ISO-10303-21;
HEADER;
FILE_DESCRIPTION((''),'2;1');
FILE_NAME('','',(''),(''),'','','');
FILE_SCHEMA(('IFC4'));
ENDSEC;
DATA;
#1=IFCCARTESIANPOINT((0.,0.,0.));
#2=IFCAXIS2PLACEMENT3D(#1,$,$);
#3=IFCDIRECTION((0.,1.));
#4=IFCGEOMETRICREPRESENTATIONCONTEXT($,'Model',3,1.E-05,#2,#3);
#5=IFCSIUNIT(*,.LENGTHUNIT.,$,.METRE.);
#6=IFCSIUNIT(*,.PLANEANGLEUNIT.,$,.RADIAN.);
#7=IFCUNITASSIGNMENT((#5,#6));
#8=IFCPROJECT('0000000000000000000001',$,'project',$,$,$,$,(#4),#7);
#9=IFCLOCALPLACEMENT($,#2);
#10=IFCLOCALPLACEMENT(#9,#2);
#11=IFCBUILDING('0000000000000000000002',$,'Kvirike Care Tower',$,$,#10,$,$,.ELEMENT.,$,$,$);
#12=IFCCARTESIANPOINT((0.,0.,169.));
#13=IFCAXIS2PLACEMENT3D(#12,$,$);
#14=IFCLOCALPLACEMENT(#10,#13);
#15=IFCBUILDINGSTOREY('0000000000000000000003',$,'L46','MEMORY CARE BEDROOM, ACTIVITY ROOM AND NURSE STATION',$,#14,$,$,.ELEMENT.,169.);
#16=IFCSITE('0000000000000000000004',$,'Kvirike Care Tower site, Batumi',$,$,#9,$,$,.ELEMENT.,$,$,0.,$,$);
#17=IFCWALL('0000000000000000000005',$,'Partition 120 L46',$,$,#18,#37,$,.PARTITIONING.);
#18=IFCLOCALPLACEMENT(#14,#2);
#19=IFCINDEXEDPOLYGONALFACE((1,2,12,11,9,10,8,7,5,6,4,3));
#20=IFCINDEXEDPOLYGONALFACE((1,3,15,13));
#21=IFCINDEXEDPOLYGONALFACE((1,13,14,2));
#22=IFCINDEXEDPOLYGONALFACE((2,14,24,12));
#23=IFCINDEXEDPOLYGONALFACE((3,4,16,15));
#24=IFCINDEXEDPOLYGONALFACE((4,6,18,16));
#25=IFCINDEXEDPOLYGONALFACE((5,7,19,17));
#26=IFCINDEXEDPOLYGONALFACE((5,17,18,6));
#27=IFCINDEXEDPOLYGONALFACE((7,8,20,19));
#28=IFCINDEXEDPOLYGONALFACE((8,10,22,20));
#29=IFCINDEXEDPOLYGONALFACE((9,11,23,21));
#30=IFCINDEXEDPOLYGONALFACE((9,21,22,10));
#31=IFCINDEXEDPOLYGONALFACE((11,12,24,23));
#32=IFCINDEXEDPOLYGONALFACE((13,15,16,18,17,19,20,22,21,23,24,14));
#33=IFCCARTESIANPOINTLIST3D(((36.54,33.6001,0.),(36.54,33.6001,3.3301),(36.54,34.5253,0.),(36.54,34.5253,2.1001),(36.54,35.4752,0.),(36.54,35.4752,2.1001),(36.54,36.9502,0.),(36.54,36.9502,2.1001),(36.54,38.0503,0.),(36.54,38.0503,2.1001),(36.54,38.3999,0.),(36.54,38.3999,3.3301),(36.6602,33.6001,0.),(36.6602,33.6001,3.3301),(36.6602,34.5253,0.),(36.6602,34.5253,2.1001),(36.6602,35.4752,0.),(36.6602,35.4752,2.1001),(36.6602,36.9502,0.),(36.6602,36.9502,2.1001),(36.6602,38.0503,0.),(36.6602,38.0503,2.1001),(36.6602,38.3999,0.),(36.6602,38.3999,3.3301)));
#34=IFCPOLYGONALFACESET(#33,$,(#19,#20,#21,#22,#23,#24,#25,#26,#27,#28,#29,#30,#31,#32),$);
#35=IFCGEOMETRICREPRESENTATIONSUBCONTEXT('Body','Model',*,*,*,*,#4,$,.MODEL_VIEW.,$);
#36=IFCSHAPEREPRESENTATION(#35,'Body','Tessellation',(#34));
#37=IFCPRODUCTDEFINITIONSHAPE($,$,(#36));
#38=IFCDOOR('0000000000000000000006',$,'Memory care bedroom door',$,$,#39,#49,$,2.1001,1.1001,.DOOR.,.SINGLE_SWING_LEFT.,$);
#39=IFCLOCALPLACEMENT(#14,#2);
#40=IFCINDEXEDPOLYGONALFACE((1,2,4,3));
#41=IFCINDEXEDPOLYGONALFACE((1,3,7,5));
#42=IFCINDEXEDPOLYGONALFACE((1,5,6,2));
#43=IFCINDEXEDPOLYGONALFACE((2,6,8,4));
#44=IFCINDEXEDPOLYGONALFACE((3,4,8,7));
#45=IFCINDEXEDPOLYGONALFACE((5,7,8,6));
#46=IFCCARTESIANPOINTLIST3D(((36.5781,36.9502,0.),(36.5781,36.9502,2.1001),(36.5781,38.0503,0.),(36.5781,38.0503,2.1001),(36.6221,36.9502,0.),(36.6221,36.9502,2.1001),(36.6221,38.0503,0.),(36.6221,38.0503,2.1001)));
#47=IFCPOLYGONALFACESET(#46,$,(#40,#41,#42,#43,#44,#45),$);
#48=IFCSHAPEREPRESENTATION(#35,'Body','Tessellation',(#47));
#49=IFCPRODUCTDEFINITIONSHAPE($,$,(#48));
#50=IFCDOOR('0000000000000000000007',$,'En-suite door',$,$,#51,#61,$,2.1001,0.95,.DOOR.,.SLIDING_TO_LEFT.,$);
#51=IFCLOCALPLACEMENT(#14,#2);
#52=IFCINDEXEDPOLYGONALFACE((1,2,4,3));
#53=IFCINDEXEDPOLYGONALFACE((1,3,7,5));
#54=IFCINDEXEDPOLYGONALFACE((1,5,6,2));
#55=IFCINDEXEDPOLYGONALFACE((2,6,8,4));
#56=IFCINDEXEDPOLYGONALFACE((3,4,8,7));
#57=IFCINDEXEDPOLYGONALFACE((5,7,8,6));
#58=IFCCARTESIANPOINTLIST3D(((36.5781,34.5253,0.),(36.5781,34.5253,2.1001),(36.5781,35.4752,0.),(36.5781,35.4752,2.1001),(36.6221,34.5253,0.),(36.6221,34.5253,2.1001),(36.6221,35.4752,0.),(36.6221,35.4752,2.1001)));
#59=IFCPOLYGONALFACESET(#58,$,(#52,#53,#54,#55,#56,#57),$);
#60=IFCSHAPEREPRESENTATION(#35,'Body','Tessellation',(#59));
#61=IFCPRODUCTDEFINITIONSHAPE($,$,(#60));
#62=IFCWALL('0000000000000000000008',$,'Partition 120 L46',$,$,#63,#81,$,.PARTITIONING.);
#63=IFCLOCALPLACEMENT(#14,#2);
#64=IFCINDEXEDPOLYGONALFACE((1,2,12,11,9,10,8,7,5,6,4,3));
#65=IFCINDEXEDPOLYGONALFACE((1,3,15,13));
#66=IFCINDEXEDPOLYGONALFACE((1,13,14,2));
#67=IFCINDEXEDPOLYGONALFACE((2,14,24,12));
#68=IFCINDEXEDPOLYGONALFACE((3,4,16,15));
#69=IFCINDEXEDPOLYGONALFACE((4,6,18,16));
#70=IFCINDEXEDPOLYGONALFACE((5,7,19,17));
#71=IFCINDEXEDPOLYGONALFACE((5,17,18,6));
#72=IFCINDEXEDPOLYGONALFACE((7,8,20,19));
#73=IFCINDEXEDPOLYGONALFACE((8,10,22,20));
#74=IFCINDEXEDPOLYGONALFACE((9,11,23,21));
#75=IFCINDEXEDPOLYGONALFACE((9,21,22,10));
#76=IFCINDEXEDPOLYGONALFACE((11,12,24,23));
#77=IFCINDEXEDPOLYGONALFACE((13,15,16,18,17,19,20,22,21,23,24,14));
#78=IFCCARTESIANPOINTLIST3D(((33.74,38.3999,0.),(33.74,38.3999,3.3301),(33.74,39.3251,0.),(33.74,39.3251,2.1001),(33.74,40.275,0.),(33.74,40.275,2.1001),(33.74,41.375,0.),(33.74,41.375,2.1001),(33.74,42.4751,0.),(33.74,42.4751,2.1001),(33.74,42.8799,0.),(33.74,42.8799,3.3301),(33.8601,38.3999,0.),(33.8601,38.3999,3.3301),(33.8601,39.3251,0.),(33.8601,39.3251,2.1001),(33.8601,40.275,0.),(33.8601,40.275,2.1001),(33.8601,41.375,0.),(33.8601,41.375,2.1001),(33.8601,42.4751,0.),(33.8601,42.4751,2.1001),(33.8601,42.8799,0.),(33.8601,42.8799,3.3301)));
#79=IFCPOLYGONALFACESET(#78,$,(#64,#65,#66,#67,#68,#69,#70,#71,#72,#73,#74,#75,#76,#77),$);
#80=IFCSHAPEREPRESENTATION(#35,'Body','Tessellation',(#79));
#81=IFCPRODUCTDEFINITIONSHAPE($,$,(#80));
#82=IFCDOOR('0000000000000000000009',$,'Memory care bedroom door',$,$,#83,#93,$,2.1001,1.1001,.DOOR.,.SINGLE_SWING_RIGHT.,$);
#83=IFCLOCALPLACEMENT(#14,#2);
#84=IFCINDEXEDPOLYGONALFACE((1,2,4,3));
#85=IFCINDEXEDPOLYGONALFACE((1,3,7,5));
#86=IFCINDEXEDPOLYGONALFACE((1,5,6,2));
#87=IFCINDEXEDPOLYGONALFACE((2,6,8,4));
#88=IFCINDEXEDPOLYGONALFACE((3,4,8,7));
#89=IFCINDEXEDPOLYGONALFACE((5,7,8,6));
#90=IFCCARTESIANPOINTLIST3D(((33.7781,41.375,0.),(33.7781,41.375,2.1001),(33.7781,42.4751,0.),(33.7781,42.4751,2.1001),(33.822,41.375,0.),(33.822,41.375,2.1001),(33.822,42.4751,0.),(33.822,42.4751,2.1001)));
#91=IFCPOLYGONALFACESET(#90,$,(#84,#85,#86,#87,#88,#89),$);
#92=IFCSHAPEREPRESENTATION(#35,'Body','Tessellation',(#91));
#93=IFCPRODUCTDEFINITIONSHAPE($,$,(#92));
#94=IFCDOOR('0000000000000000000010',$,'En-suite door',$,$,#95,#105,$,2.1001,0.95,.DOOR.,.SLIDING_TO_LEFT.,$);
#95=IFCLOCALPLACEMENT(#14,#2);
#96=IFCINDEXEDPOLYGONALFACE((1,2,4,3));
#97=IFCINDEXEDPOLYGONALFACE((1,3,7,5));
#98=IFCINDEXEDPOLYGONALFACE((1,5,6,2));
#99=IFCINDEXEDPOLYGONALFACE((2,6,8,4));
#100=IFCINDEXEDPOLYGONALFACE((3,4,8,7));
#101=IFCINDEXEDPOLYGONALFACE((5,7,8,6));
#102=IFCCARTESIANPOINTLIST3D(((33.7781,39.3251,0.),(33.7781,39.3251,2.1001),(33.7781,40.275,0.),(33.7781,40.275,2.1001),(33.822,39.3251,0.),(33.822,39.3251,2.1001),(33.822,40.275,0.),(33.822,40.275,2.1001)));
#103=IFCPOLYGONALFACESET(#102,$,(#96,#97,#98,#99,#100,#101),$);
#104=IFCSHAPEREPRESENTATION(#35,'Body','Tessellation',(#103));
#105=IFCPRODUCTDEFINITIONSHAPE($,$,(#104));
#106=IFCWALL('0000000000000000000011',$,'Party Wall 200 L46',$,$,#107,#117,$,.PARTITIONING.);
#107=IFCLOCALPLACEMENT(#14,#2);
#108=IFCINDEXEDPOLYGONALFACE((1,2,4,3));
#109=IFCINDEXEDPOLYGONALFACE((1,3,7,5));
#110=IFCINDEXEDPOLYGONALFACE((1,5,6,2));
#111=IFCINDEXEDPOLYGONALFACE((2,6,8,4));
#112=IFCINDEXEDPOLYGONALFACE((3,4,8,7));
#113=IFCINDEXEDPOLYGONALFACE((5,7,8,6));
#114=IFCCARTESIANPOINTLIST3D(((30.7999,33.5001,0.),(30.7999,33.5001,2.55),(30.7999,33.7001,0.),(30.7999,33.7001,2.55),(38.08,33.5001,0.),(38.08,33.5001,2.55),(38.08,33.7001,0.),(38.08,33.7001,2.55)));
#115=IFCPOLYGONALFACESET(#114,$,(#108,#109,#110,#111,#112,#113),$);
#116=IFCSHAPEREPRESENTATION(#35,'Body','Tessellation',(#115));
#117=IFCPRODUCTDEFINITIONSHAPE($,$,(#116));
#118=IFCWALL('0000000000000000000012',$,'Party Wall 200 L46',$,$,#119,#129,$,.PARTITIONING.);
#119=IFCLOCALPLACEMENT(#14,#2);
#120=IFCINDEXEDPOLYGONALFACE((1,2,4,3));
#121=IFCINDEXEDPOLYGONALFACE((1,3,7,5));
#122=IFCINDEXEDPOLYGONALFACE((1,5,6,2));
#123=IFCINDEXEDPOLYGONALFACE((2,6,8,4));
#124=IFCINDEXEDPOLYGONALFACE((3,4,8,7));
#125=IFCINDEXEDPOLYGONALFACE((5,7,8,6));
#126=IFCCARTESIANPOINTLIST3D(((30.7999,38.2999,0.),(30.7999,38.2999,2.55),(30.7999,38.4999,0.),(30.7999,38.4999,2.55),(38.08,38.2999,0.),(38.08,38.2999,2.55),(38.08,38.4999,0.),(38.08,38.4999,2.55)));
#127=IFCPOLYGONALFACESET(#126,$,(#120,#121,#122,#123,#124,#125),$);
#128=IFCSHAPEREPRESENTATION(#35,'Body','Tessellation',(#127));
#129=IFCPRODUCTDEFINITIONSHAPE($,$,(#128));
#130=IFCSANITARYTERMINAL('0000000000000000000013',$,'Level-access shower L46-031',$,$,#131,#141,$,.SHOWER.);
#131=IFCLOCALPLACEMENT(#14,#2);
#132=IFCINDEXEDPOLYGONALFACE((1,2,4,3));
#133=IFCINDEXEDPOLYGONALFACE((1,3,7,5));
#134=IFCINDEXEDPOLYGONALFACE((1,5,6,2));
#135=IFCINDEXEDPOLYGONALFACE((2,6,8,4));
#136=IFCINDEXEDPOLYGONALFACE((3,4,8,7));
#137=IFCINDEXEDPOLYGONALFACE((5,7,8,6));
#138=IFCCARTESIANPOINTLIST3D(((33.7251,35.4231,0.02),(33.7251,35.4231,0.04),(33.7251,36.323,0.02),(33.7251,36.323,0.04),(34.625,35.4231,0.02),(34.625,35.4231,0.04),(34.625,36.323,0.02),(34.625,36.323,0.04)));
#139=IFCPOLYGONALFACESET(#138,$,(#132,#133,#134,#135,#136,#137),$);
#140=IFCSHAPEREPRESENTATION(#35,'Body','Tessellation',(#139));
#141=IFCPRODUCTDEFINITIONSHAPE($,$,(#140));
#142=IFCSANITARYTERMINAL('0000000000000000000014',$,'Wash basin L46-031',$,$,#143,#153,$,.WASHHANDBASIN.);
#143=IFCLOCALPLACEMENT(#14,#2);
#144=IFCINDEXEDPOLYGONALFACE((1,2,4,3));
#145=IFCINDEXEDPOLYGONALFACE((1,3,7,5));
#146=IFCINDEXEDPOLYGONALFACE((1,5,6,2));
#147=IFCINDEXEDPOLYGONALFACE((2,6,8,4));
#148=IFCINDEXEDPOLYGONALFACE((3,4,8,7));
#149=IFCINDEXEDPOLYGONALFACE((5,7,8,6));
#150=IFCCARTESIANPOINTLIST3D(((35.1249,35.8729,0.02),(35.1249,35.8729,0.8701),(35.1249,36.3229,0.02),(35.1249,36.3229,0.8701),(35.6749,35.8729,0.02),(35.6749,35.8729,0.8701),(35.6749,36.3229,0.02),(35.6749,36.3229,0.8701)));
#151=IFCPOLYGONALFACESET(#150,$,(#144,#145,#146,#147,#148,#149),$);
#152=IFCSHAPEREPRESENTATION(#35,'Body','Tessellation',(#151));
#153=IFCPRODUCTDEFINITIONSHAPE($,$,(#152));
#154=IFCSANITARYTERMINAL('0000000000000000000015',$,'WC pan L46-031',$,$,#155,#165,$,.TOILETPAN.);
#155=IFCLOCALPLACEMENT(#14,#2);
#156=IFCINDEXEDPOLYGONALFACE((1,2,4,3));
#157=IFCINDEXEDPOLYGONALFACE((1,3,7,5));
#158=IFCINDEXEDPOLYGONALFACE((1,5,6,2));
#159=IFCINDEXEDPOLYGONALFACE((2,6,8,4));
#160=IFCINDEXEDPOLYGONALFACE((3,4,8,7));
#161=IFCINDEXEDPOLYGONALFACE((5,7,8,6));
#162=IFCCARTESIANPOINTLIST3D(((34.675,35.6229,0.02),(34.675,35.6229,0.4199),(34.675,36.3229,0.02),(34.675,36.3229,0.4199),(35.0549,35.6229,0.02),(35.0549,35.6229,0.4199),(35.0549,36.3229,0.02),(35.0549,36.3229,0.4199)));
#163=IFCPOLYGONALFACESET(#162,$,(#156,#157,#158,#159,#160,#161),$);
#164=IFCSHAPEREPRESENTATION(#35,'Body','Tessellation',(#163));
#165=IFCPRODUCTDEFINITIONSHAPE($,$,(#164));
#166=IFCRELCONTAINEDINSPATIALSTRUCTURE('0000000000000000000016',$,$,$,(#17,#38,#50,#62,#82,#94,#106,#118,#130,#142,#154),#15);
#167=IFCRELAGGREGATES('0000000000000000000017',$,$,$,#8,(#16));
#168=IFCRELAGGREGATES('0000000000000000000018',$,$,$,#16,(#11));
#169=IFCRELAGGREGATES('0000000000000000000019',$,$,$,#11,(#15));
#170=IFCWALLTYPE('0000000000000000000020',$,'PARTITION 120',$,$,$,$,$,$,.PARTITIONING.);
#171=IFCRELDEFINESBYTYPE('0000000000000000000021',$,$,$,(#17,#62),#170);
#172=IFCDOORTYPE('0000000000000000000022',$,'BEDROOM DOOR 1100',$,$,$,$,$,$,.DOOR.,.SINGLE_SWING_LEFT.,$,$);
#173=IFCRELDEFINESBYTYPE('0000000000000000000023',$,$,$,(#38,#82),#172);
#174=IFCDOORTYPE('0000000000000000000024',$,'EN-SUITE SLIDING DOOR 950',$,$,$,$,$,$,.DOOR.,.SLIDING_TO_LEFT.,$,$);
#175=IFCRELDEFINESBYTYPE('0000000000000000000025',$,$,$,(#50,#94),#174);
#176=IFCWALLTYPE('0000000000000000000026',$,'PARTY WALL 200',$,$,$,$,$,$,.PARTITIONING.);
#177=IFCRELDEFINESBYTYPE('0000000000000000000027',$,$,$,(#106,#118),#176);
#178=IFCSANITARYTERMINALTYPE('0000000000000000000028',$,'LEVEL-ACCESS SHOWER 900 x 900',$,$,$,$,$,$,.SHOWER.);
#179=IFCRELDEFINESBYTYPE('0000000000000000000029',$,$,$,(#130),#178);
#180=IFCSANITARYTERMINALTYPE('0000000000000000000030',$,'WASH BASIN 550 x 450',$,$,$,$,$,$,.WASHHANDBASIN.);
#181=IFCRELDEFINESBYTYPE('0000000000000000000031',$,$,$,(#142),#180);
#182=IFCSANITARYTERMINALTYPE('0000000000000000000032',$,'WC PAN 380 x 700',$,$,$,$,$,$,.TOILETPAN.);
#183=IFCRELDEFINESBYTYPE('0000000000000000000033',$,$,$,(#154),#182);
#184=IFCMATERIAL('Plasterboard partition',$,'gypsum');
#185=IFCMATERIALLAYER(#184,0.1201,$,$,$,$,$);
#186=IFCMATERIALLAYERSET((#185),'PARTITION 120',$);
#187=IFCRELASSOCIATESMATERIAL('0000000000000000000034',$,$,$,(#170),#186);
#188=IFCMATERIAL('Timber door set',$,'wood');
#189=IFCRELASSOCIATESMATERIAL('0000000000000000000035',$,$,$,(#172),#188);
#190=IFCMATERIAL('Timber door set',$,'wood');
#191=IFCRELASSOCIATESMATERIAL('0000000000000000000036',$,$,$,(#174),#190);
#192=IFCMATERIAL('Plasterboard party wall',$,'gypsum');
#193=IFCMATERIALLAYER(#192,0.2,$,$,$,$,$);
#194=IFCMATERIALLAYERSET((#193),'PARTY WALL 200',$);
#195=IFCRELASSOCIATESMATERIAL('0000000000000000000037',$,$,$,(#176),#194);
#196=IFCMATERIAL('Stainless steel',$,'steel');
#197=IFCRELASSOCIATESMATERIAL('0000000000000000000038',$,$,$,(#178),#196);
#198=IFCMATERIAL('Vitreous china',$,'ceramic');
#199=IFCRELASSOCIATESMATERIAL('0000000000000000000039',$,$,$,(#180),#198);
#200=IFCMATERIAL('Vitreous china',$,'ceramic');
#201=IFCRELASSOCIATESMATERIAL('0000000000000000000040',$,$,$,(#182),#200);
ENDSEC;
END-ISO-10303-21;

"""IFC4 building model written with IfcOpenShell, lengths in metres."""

from ifc_helpers import new_model, si_unit, direction, frame, frame_2d, origin, origin_2d, place, context, subcontext, project, spatial, rectangle, extrude, material, layer, layer_set, type_object, element, fill, save


model = new_model("IFC4")

# Units and contexts
model_context = context("Model", 3, precision=1e-05, world=origin(), true_north=direction((0.0, 1.0)))
body_context = subcontext(model_context, "Body", "Model", "MODEL_VIEW")
ifc_project = project(units=[si_unit("LENGTHUNIT", "METRE"), si_unit("PLANEANGLEUNIT", "RADIAN")], contexts=[model_context])

# Site, building, storey
site_placement = place(None, origin())
site = spatial("IfcSite", under=ifc_project, at=site_placement, Name="Kvirike Care Tower site, Batumi", CompositionType="ELEMENT", RefElevation=0.0)
building_placement = place(site_placement, origin())
building = spatial("IfcBuilding", under=site, at=building_placement, Name="Kvirike Care Tower", CompositionType="ELEMENT")
storey_placement = place(building_placement, frame((0.0, 0.0, 169.0)))
storey = spatial("IfcBuildingStorey", under=building, at=storey_placement, Name="L46", Description="MEMORY CARE BEDROOM, ACTIVITY ROOM AND NURSE STATION", CompositionType="ELEMENT", Elevation=169.0)

# Walls, openings, doors
ifc_material_1 = material(Name="Plasterboard partition", Category="gypsum")
ifc_layer_1 = layer(ifc_material_1, 0.1201)
ifc_layer_set_1 = layer_set([ifc_layer_1], Name="PARTITION 120")
wall_type_1 = type_object("IfcWallType", Name="PARTITION 120", PredefinedType="PARTITIONING", material=ifc_layer_set_1)
wall_1_placement = place(storey_placement, frame((36.6001, 33.6001, 0.0), z_axis=(0.0, 0.0, 1.0), x_axis=(0.0, 1.0, 0.0)))
wall_1 = element("IfcWall", 1, at=wall_1_placement, inside=storey, type_object=wall_type_1, Name="Partition 120 L46", PredefinedType="PARTITIONING", context=body_context, shape_type="SweptSolid", body=[
    extrude(rectangle(XDim=4.7998, YDim=0.1201, at=frame_2d((2.3999, 0.0))), origin(), (0.0, 0.0, 1.0), 3.3301),
])
opening_1_placement = place(wall_1_placement, frame((3.3501, 0.0, 0.0)))
opening_1 = element("IfcOpeningElement", 2, at=opening_1_placement, cuts=wall_1, PredefinedType="OPENING", context=body_context, shape_type="SweptSolid", body=[
    extrude(rectangle(XDim=1.1001, YDim=2.1001, at=frame_2d((0.55, 1.05))), frame((0.0, 0.0706, 0.0), z_axis=(0.0, -1.0, 0.0), x_axis=(1.0, 0.0, 0.0)), (0.0, 0.0, 1.0), 0.1411),
])
opening_2_placement = place(wall_1_placement, frame((0.925, 0.0, 0.0)))
opening_2 = element("IfcOpeningElement", 3, at=opening_2_placement, cuts=wall_1, PredefinedType="OPENING", context=body_context, shape_type="SweptSolid", body=[
    extrude(rectangle(XDim=0.95, YDim=2.1001, at=frame_2d((0.4751, 1.05))), frame((0.0, 0.0706, 0.0), z_axis=(0.0, -1.0, 0.0), x_axis=(1.0, 0.0, 0.0)), (0.0, 0.0, 1.0), 0.1411),
])
ifc_material_2 = material(Name="Timber door set", Category="wood")
door_type_1 = type_object("IfcDoorType", Name="BEDROOM DOOR 1100", OperationType="SINGLE_SWING_LEFT", PredefinedType="DOOR", material=ifc_material_2)
door_1_placement = place(opening_1_placement, origin())
door_1 = element("IfcDoor", 4, at=door_1_placement, inside=storey, type_object=door_type_1, Name="Memory care bedroom door", OperationType="SINGLE_SWING_LEFT", OverallHeight=2.1001, OverallWidth=1.1001, PredefinedType="DOOR", context=body_context, shape_type="SweptSolid", body=[
    extrude(rectangle(XDim=1.1001, YDim=2.1001, at=frame_2d((0.55, 1.05))), frame((0.0, 0.022, 0.0), z_axis=(0.0, -1.0, 0.0), x_axis=(1.0, 0.0, 0.0)), (0.0, 0.0, 1.0), 0.0439),
])
fill(opening_1, door_1)
ifc_material_3 = material(Name="Timber door set", Category="wood")
door_type_2 = type_object("IfcDoorType", Name="EN-SUITE SLIDING DOOR 950", OperationType="SLIDING_TO_LEFT", PredefinedType="DOOR", material=ifc_material_3)
door_2_placement = place(opening_2_placement, origin())
door_2 = element("IfcDoor", 5, at=door_2_placement, inside=storey, type_object=door_type_2, Name="En-suite door", OperationType="SLIDING_TO_LEFT", OverallHeight=2.1001, OverallWidth=0.95, PredefinedType="DOOR", context=body_context, shape_type="SweptSolid", body=[
    extrude(rectangle(XDim=0.95, YDim=2.1001, at=frame_2d((0.4751, 1.05))), frame((0.0, 0.022, 0.0), z_axis=(0.0, -1.0, 0.0), x_axis=(1.0, 0.0, 0.0)), (0.0, 0.0, 1.0), 0.0439),
])
fill(opening_2, door_2)
wall_2_placement = place(storey_placement, frame((33.8, 38.3999, 0.0), z_axis=(0.0, 0.0, 1.0), x_axis=(0.0, 1.0, 0.0)))
wall_2 = element("IfcWall", 6, at=wall_2_placement, inside=storey, type_object=wall_type_1, Name="Partition 120 L46", PredefinedType="PARTITIONING", context=body_context, shape_type="SweptSolid", body=[
    extrude(rectangle(XDim=4.48, YDim=0.1201, at=frame_2d((2.24, 0.0))), origin(), (0.0, 0.0, 1.0), 3.3301),
])
opening_3_placement = place(wall_2_placement, frame((2.9751, 0.0, 0.0)))
opening_3 = element("IfcOpeningElement", 7, at=opening_3_placement, cuts=wall_2, PredefinedType="OPENING", context=body_context, shape_type="SweptSolid", body=[
    extrude(rectangle(XDim=1.1001, YDim=2.1001, at=frame_2d((0.55, 1.05))), frame((0.0, 0.0706, 0.0), z_axis=(0.0, -1.0, 0.0), x_axis=(1.0, 0.0, 0.0)), (0.0, 0.0, 1.0), 0.1411),
])
opening_4_placement = place(wall_2_placement, frame((0.925, 0.0, 0.0)))
opening_4 = element("IfcOpeningElement", 8, at=opening_4_placement, cuts=wall_2, PredefinedType="OPENING", context=body_context, shape_type="SweptSolid", body=[
    extrude(rectangle(XDim=0.95, YDim=2.1001, at=frame_2d((0.4751, 1.05))), frame((0.0, 0.0706, 0.0), z_axis=(0.0, -1.0, 0.0), x_axis=(1.0, 0.0, 0.0)), (0.0, 0.0, 1.0), 0.1411),
])
door_3_placement = place(opening_3_placement, origin())
door_3 = element("IfcDoor", 9, at=door_3_placement, inside=storey, type_object=door_type_1, Name="Memory care bedroom door", OperationType="SINGLE_SWING_RIGHT", OverallHeight=2.1001, OverallWidth=1.1001, PredefinedType="DOOR", context=body_context, shape_type="SweptSolid", body=[
    extrude(rectangle(XDim=1.1001, YDim=2.1001, at=frame_2d((0.55, 1.05))), frame((0.0, 0.022, 0.0), z_axis=(0.0, -1.0, 0.0), x_axis=(1.0, 0.0, 0.0)), (0.0, 0.0, 1.0), 0.0439),
])
fill(opening_3, door_3)
door_4_placement = place(opening_4_placement, origin())
door_4 = element("IfcDoor", 10, at=door_4_placement, inside=storey, type_object=door_type_2, Name="En-suite door", OperationType="SLIDING_TO_LEFT", OverallHeight=2.1001, OverallWidth=0.95, PredefinedType="DOOR", context=body_context, shape_type="SweptSolid", body=[
    extrude(rectangle(XDim=0.95, YDim=2.1001, at=frame_2d((0.4751, 1.05))), frame((0.0, 0.022, 0.0), z_axis=(0.0, -1.0, 0.0), x_axis=(1.0, 0.0, 0.0)), (0.0, 0.0, 1.0), 0.0439),
])
fill(opening_4, door_4)

# Walls
ifc_material_4 = material(Name="Plasterboard party wall", Category="gypsum")
ifc_layer_2 = layer(ifc_material_4, 0.2)
ifc_layer_set_2 = layer_set([ifc_layer_2], Name="PARTY WALL 200")
wall_type_2 = type_object("IfcWallType", Name="PARTY WALL 200", PredefinedType="PARTITIONING", material=ifc_layer_set_2)
for number, where, z_axis, x_axis, name in (
    (11, (38.0801, 33.6001, 0.0), (0.0, 0.0, 1.0), (-1.0, 0.0, 0.0), "Party Wall 200 L46"),
    (12, (38.0801, 38.3999, 0.0), (0.0, 0.0, 1.0), (-1.0, 0.0, 0.0), "Party Wall 200 L46"),
):
    element("IfcWall", number, at=place(storey_placement, frame(where, z_axis=z_axis, x_axis=x_axis)), inside=storey, type_object=wall_type_2, Name=name, PredefinedType="PARTITIONING", context=body_context, shape_type="SweptSolid", body=[
        extrude(rectangle(XDim=7.28, YDim=0.2, at=frame_2d((3.6401, 0.0))), origin(), (0.0, 0.0, 1.0), 2.55),
    ])

# Sanitary terminals
ifc_material_5 = material(Name="Stainless steel", Category="steel")
sanitary_terminal_type_1 = type_object("IfcSanitaryTerminalType", Name="LEVEL-ACCESS SHOWER 900 x 900", PredefinedType="SHOWER", material=ifc_material_5)
sanitary_terminal_1_placement = place(storey_placement, frame((34.175, 35.873, 0.02), z_axis=(0.0, 0.0, 1.0), x_axis=(1.0, 0.0, 0.0)))
element("IfcSanitaryTerminal", 13, at=sanitary_terminal_1_placement, inside=storey, type_object=sanitary_terminal_type_1, Name="Level-access shower L46-031", PredefinedType="SHOWER", context=body_context, shape_type="SweptSolid", body=[
    extrude(rectangle(XDim=0.8999, YDim=0.8999, at=origin_2d()), origin(), (0.0, 0.0, 1.0), 0.02),
])
ifc_material_6 = material(Name="Vitreous china", Category="ceramic")
sanitary_terminal_type_2 = type_object("IfcSanitaryTerminalType", Name="WASH BASIN 550 x 450", PredefinedType="WASHHANDBASIN", material=ifc_material_6)
sanitary_terminal_2_placement = place(storey_placement, frame((35.3999, 36.0979, 0.02), z_axis=(0.0, 0.0, 1.0), x_axis=(1.0, 0.0, 0.0)))
element("IfcSanitaryTerminal", 14, at=sanitary_terminal_2_placement, inside=storey, type_object=sanitary_terminal_type_2, Name="Wash basin L46-031", PredefinedType="WASHHANDBASIN", context=body_context, shape_type="SweptSolid", body=[
    extrude(rectangle(XDim=0.55, YDim=0.45, at=origin_2d()), origin(), (0.0, 0.0, 1.0), 0.8501),
])
ifc_material_7 = material(Name="Vitreous china", Category="ceramic")
sanitary_terminal_type_3 = type_object("IfcSanitaryTerminalType", Name="WC PAN 380 x 700", PredefinedType="TOILETPAN", material=ifc_material_7)
sanitary_terminal_3_placement = place(storey_placement, frame((34.865, 35.9729, 0.02), z_axis=(0.0, 0.0, 1.0), x_axis=(1.0, 0.0, 0.0)))
element("IfcSanitaryTerminal", 15, at=sanitary_terminal_3_placement, inside=storey, type_object=sanitary_terminal_type_3, Name="WC pan L46-031", PredefinedType="TOILETPAN", context=body_context, shape_type="SweptSolid", body=[
    extrude(rectangle(XDim=0.3799, YDim=0.7, at=origin_2d()), origin(), (0.0, 0.0, 1.0), 0.3999),
])

save(model, "model.ifc")
